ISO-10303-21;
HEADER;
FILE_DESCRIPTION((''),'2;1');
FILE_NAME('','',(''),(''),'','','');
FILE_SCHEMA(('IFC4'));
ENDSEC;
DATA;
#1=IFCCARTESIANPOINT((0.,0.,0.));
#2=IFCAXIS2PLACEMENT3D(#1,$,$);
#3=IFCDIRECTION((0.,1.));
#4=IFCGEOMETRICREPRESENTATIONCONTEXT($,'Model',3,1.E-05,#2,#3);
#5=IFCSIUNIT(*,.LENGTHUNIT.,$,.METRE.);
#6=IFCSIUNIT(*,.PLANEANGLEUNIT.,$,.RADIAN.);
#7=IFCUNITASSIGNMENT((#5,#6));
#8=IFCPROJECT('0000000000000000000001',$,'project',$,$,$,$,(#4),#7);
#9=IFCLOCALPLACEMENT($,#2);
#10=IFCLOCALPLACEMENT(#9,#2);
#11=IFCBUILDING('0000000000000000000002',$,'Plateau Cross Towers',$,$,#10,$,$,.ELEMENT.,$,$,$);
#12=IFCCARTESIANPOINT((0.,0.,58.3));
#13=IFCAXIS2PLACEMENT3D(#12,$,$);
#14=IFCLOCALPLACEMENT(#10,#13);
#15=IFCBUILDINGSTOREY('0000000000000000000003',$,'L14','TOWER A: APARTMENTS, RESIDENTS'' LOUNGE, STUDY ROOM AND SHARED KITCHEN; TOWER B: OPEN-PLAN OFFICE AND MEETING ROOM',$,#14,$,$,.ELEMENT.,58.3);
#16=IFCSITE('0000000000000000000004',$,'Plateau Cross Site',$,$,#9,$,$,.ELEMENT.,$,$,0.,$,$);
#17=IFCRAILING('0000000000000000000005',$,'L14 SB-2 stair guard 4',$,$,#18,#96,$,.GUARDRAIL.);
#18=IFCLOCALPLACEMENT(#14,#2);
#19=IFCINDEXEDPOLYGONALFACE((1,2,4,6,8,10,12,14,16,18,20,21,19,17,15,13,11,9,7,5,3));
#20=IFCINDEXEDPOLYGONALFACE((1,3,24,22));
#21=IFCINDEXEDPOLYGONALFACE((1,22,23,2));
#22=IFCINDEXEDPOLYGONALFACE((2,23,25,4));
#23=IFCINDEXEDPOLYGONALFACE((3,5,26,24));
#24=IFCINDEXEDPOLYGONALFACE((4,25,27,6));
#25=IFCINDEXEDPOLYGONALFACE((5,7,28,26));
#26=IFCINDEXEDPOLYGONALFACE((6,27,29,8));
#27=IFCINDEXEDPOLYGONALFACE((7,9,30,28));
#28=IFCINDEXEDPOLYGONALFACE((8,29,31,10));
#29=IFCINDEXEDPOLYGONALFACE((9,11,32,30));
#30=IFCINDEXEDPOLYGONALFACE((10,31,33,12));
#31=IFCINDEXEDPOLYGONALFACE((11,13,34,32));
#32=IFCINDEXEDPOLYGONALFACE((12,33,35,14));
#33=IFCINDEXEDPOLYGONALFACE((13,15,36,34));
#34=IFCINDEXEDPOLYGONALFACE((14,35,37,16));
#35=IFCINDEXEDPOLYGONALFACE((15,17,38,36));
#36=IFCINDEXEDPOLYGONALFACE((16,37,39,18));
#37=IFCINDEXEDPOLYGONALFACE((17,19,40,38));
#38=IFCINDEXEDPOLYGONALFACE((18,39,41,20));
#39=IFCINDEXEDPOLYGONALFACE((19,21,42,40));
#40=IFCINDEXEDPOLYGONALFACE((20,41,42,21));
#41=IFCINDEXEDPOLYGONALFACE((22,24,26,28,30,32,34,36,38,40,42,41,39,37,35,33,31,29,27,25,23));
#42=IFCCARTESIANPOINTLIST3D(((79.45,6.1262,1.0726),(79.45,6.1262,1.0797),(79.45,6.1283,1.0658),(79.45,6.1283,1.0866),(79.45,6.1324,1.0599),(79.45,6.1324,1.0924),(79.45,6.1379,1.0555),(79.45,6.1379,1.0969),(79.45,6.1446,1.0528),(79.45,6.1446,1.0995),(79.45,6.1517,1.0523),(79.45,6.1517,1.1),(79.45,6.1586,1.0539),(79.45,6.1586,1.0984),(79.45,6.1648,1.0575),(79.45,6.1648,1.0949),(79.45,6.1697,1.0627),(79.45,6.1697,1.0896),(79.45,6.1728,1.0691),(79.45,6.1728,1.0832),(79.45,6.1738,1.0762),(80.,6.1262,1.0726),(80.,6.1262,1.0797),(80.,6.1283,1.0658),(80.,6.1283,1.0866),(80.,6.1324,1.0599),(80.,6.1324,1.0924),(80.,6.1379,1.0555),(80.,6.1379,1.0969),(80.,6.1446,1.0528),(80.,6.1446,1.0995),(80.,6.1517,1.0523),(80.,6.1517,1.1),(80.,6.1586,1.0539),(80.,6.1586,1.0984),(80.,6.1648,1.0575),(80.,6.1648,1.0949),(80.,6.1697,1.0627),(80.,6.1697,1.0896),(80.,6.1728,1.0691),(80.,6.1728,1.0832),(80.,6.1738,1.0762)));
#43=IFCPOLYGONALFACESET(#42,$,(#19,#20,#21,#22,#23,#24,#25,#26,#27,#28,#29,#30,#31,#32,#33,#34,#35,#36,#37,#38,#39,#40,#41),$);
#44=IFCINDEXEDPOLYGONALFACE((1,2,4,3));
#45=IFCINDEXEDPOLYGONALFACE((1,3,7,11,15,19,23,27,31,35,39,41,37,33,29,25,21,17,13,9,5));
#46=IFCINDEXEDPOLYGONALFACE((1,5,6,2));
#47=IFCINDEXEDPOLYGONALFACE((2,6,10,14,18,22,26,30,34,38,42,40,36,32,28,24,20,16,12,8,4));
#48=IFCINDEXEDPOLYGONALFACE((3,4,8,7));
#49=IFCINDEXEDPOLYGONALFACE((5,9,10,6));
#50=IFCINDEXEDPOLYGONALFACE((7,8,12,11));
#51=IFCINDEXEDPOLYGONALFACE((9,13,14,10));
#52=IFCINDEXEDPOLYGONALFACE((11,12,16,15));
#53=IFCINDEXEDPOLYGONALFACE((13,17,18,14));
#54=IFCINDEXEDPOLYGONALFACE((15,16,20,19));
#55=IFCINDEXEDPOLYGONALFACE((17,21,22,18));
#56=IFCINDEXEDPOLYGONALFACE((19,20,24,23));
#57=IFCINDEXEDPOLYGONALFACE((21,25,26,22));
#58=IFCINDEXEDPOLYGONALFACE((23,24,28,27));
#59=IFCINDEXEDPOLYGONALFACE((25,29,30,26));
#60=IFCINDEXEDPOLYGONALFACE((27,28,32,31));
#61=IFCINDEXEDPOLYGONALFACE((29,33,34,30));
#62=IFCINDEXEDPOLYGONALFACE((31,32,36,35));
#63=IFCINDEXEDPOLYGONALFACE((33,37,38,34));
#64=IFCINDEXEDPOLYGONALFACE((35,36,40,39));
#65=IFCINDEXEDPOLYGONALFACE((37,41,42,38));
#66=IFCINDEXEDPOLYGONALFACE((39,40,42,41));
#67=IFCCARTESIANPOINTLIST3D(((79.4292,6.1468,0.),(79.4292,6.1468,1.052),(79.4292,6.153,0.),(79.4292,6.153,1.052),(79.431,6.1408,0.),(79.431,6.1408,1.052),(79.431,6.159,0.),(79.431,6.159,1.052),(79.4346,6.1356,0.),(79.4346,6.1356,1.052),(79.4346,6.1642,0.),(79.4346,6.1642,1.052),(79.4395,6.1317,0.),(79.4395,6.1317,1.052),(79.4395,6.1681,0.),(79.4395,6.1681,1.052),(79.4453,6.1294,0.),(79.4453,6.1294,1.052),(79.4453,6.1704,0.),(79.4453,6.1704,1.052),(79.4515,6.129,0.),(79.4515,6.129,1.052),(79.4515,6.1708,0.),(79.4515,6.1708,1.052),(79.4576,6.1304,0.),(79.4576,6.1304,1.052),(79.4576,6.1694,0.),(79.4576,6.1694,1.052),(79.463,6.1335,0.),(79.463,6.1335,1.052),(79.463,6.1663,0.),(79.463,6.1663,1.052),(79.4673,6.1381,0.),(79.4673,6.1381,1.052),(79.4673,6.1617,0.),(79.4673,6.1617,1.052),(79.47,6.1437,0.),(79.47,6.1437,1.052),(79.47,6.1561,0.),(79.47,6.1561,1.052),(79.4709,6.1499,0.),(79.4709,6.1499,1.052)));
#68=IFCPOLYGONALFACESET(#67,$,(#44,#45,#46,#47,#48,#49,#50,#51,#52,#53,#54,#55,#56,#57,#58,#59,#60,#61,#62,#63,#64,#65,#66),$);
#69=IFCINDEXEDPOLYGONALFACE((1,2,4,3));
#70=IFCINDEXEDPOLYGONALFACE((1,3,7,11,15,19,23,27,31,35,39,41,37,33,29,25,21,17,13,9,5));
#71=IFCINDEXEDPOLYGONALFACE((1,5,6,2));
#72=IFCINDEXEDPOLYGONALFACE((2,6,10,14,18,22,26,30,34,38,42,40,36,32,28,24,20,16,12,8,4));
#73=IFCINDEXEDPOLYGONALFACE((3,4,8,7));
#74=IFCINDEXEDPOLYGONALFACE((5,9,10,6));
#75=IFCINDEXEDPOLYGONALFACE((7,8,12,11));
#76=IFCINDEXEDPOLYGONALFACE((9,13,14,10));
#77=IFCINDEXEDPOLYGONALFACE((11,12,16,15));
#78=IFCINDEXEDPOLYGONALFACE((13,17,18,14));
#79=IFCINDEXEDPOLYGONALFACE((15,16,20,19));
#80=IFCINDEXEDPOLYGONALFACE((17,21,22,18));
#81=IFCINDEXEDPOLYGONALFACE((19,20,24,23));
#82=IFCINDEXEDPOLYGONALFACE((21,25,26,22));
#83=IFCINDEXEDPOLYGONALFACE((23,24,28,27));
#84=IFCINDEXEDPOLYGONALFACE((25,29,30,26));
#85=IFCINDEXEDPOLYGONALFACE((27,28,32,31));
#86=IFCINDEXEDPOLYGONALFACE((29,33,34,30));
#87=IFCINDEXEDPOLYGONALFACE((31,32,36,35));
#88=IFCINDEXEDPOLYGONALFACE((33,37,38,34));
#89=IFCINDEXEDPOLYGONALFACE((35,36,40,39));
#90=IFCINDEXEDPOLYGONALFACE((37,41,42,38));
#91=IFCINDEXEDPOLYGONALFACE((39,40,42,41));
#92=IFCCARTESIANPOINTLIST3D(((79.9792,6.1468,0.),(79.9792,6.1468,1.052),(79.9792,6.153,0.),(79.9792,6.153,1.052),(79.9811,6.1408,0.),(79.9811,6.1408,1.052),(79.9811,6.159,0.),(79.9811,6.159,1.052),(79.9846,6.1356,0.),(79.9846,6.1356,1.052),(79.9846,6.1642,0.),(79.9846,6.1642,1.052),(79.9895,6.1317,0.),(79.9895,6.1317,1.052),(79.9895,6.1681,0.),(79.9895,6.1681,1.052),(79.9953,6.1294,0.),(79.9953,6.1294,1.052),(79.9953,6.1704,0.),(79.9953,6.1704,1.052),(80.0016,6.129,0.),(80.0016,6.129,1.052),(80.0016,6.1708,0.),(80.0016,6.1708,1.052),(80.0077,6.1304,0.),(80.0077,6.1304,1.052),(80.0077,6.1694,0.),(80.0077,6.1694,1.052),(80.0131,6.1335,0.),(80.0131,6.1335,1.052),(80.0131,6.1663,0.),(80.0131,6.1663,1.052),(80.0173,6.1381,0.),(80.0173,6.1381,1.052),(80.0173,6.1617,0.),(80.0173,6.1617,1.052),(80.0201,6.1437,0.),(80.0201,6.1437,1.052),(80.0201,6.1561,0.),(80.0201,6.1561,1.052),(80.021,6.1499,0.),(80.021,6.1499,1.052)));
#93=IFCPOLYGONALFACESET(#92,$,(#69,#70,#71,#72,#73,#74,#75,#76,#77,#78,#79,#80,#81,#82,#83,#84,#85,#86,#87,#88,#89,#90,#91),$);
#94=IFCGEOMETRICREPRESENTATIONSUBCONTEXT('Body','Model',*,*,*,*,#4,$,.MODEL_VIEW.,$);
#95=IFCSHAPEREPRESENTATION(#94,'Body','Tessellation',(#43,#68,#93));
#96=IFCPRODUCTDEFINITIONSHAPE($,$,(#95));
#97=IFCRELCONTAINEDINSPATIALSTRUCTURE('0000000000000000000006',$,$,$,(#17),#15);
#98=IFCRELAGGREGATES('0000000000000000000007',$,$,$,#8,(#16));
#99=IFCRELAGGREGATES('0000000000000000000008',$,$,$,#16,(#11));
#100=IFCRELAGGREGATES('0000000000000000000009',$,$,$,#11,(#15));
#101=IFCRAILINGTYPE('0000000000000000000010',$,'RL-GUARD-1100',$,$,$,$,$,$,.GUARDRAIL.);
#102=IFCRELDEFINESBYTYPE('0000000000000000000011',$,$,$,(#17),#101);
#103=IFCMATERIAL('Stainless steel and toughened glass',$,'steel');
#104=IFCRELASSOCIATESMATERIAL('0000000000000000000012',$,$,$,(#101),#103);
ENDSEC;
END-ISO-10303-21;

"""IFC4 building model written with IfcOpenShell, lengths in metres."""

from ifc_helpers import new_model, si_unit, direction, frame, origin, origin_2d, place, context, subcontext, project, spatial, circle, extrude, material, type_object, element, save


model = new_model("IFC4")

# Units and contexts
model_context = context("Model", 3, precision=1e-05, world=origin(), true_north=direction((0.0, 1.0)))
body_context = subcontext(model_context, "Body", "Model", "MODEL_VIEW")
ifc_project = project(units=[si_unit("LENGTHUNIT", "METRE"), si_unit("PLANEANGLEUNIT", "RADIAN")], contexts=[model_context])

# Site, building, storey
site_placement = place(None, origin())
site = spatial("IfcSite", under=ifc_project, at=site_placement, Name="Plateau Cross Site", CompositionType="ELEMENT", RefElevation=0.0)
building_placement = place(site_placement, origin())
building = spatial("IfcBuilding", under=site, at=building_placement, Name="Plateau Cross Towers", CompositionType="ELEMENT")
storey_placement = place(building_placement, frame((0.0, 0.0, 58.3)))
storey = spatial("IfcBuildingStorey", under=building, at=storey_placement, Name="L14", Description="TOWER A: APARTMENTS, RESIDENTS' LOUNGE, STUDY ROOM AND SHARED KITCHEN; TOWER B: OPEN-PLAN OFFICE AND MEETING ROOM", CompositionType="ELEMENT", Elevation=58.3)

# Railing
ifc_material_1 = material(Name="Stainless steel and toughened glass", Category="steel")
railing_type = type_object("IfcRailingType", Name="RL-GUARD-1100", PredefinedType="GUARDRAIL", material=ifc_material_1)
railing_1_placement = place(storey_placement, frame((79.45, 6.1499, 0.0)))
element("IfcRailing", 1, at=railing_1_placement, inside=storey, type_object=railing_type, Name="L14 SB-2 stair guard 4", PredefinedType="GUARDRAIL", context=body_context, shape_type="SweptSolid", body=[
    extrude(circle(Radius=0.0239, at=origin_2d()), frame((0.0, 0.0, 1.0762), z_axis=(1.0, 0.0, 0.0), x_axis=(0.0, 1.0, 0.0)), (0.0, 0.0, 1.0), 0.55),
    extrude(circle(Radius=0.021, at=origin_2d()), origin(), (0.0, 0.0, 1.0), 1.052),
    extrude(circle(Radius=0.021, at=origin_2d()), frame((0.55, 0.0, 0.0)), (0.0, 0.0, 1.0), 1.052),
])

save(model, "model.ifc")
